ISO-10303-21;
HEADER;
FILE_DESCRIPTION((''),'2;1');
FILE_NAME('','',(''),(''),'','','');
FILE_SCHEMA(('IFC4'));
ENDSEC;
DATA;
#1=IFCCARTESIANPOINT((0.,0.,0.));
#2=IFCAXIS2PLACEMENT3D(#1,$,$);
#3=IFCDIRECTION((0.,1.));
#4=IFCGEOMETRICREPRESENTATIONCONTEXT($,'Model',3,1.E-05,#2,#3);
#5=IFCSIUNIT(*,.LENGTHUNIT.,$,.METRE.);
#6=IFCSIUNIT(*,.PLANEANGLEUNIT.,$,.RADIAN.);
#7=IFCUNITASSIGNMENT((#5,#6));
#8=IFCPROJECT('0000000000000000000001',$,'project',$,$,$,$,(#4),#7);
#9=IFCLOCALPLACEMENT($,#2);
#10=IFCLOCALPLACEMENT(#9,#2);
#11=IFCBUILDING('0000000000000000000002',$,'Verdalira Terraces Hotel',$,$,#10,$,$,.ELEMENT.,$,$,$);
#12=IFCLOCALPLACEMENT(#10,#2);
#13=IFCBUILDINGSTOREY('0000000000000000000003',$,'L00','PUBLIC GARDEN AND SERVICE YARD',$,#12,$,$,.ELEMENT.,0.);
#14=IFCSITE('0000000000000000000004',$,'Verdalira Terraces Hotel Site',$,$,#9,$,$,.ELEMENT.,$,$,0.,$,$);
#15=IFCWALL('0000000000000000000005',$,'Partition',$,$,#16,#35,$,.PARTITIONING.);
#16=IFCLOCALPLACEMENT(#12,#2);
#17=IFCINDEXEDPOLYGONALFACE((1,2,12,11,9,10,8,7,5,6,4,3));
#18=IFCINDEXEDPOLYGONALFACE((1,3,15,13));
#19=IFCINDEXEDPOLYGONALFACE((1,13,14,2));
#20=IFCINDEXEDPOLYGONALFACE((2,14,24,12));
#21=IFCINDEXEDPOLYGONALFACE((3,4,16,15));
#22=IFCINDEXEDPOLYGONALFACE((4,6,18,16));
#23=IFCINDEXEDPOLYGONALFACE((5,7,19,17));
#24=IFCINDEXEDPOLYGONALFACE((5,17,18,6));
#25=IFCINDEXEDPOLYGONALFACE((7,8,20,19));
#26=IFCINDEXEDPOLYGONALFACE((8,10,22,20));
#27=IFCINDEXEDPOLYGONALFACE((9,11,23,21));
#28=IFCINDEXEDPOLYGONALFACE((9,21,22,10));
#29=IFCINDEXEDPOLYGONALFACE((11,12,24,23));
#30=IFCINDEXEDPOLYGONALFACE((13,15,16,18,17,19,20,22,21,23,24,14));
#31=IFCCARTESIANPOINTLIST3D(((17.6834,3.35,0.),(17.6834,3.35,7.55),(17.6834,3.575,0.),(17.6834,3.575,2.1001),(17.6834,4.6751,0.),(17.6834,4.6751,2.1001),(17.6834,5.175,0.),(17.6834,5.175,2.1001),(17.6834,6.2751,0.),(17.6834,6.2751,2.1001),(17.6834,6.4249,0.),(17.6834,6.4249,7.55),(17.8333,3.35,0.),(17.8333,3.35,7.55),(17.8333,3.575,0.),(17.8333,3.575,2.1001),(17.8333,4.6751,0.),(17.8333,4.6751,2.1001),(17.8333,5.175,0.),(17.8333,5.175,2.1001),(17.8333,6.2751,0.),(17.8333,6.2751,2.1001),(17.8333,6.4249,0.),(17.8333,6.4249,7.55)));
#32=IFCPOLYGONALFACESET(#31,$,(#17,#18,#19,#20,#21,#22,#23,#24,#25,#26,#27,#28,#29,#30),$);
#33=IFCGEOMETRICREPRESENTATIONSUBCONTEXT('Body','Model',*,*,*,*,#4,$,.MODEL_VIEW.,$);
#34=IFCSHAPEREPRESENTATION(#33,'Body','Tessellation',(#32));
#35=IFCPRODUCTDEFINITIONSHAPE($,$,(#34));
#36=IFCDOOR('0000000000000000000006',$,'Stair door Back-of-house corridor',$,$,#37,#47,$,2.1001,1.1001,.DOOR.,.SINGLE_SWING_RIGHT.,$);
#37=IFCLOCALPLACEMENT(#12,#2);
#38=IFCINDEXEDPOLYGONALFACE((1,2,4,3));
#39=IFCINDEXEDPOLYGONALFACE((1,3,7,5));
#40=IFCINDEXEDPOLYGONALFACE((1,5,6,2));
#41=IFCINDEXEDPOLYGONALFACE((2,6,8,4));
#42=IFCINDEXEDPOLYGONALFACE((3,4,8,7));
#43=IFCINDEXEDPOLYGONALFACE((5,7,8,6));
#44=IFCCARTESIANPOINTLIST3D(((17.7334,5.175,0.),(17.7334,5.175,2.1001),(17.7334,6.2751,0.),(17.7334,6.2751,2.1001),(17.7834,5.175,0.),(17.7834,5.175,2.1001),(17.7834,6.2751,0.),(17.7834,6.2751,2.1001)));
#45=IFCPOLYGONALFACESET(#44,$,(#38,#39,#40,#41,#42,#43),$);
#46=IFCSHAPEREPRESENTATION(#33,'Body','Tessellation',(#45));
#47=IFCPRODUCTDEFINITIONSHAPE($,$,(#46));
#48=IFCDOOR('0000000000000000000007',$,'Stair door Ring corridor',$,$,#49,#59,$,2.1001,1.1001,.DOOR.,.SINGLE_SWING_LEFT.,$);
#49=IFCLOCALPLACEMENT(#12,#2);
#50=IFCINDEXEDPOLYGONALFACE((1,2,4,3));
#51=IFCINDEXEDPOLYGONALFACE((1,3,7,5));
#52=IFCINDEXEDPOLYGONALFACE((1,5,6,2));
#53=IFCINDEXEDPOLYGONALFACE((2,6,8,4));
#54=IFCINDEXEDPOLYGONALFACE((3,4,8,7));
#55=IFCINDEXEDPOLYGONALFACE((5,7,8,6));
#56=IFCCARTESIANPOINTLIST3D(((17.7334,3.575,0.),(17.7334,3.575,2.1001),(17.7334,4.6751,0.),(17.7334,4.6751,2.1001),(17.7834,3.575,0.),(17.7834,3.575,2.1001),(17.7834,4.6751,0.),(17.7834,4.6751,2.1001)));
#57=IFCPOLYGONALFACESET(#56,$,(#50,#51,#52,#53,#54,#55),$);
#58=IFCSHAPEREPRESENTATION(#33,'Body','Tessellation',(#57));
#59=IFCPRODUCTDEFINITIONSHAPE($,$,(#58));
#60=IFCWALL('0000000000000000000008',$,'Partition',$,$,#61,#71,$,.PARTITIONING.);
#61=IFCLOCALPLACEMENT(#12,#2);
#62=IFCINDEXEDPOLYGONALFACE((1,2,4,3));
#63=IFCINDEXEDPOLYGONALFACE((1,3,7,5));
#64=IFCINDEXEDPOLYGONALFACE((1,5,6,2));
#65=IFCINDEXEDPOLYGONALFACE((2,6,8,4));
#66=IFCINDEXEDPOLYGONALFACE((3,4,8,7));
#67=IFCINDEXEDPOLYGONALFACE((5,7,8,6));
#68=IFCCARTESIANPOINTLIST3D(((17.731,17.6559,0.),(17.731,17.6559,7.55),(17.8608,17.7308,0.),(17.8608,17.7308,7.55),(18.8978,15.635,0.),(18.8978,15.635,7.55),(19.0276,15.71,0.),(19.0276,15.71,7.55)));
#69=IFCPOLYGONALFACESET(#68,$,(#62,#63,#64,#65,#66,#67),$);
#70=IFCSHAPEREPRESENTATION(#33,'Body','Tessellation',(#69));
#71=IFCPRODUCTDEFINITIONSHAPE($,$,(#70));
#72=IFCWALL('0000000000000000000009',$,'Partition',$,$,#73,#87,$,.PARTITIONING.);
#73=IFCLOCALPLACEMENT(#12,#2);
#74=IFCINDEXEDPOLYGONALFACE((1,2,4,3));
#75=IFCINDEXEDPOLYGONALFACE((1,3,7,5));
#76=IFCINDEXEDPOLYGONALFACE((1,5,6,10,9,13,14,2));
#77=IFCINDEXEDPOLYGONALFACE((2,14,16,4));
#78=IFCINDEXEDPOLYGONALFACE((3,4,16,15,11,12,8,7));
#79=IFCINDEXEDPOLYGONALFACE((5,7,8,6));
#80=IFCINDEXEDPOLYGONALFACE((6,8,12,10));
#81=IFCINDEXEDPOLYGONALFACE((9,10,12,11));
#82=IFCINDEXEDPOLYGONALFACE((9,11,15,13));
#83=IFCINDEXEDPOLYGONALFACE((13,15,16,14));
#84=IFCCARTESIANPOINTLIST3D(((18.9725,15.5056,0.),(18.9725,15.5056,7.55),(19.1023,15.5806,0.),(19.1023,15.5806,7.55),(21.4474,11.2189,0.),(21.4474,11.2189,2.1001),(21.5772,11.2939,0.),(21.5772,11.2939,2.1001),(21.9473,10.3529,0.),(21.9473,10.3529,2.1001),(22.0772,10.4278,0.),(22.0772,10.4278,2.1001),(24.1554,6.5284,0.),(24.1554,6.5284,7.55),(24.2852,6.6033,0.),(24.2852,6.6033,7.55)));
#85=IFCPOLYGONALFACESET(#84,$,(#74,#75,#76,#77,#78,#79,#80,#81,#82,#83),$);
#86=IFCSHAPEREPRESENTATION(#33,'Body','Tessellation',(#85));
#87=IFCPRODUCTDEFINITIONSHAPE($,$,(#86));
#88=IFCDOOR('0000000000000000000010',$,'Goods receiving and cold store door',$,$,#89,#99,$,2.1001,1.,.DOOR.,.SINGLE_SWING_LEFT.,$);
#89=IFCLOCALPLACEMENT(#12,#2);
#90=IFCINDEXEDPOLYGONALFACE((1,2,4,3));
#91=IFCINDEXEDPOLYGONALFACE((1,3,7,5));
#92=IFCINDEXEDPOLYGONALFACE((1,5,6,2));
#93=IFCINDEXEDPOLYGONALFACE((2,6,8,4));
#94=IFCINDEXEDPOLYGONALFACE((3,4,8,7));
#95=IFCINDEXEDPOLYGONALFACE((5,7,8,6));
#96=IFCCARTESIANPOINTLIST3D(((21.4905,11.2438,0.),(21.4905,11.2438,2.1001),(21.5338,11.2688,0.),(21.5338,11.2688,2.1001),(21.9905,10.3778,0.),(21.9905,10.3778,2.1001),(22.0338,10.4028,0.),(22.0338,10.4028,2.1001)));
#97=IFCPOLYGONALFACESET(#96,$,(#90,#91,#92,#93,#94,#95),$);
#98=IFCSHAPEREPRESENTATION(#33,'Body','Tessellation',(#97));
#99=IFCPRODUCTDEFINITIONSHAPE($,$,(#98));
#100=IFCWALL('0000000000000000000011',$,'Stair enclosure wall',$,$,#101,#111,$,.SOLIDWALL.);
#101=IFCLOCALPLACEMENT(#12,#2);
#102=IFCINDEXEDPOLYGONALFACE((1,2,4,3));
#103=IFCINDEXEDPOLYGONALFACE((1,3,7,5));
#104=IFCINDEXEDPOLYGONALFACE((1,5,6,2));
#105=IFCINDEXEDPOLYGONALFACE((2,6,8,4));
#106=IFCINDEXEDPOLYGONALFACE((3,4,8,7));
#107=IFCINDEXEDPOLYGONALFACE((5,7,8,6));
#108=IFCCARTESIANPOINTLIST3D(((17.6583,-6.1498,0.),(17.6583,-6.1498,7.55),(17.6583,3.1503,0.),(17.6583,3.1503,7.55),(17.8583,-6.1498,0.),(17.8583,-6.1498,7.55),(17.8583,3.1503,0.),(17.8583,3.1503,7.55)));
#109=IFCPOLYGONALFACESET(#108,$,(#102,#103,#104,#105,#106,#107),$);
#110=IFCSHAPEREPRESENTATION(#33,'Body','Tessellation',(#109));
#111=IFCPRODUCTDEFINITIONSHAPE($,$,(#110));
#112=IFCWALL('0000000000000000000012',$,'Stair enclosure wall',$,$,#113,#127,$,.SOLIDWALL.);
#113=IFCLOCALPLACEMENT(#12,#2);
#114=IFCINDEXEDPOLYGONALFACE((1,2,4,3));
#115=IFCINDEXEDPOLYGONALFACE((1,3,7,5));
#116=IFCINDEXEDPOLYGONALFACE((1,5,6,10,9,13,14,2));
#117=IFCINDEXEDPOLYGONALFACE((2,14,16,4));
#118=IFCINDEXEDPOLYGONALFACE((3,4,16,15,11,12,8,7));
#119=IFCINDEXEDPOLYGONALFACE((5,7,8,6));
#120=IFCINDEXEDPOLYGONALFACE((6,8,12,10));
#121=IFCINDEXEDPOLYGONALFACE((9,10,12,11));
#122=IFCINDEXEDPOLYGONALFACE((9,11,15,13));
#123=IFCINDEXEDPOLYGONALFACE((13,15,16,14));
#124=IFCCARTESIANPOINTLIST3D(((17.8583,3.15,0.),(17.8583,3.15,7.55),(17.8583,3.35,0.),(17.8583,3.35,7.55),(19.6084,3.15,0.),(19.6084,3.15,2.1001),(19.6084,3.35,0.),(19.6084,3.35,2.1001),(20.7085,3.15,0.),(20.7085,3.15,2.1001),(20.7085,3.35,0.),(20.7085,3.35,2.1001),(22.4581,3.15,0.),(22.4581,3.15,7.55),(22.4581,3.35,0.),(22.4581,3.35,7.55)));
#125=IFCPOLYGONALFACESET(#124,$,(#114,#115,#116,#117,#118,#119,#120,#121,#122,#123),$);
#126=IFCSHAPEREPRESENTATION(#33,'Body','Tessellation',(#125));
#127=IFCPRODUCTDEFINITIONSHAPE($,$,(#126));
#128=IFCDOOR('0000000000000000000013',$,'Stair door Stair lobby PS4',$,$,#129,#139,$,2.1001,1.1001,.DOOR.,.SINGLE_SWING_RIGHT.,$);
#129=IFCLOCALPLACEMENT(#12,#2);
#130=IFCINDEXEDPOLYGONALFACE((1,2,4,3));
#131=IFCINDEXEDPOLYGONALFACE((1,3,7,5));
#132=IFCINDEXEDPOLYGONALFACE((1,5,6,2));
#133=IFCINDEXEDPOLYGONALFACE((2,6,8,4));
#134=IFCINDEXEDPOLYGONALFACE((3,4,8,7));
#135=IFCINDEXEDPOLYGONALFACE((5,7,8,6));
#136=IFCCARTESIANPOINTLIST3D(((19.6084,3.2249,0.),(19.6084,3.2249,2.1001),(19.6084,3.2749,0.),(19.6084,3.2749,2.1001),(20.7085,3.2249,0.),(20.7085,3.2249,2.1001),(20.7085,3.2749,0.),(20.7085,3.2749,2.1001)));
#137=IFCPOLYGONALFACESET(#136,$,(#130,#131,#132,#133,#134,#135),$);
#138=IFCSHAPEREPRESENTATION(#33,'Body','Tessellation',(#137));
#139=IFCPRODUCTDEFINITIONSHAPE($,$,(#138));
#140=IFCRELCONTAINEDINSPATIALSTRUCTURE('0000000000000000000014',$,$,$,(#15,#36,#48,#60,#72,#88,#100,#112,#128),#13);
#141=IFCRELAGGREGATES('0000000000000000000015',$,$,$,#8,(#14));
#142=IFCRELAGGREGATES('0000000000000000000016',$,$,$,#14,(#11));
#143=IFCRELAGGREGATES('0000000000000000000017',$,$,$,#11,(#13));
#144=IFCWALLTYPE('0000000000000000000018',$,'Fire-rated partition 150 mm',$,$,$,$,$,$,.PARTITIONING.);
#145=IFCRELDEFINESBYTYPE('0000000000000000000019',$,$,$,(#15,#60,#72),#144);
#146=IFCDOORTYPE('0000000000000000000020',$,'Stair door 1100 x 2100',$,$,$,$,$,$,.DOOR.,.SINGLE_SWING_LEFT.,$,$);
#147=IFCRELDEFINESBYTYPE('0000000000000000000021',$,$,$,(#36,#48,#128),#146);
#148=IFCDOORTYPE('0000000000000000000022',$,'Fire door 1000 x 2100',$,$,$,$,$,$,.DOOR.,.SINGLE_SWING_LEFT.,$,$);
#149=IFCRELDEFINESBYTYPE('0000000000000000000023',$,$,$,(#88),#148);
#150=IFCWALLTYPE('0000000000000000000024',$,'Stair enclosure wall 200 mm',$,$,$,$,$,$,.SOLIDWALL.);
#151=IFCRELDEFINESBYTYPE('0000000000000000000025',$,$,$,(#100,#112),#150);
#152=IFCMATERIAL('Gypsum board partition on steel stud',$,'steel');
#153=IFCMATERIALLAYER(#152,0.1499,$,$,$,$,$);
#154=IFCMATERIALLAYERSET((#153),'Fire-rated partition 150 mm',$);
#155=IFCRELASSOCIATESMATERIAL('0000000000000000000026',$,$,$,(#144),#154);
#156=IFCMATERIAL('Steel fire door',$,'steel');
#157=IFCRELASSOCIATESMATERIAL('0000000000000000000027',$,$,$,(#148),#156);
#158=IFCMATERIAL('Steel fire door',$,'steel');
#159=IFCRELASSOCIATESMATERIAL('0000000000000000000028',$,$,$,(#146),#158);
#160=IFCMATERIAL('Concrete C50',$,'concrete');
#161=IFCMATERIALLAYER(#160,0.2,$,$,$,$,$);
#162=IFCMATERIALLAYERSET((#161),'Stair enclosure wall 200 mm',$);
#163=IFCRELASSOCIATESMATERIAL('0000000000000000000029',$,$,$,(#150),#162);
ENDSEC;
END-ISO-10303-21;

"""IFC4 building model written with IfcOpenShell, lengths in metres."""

from ifc_helpers import new_model, si_unit, direction, frame, frame_2d, origin, place, context, subcontext, project, spatial, rectangle, extrude, material, layer, layer_set, type_object, element, fill, save


model = new_model("IFC4")

# Units and contexts
model_context = context("Model", 3, precision=1e-05, world=origin(), true_north=direction((0.0, 1.0)))
body_context = subcontext(model_context, "Body", "Model", "MODEL_VIEW")
ifc_project = project(units=[si_unit("LENGTHUNIT", "METRE"), si_unit("PLANEANGLEUNIT", "RADIAN")], contexts=[model_context])

# Site, building, storey
site_placement = place(None, origin())
site = spatial("IfcSite", under=ifc_project, at=site_placement, Name="Verdalira Terraces Hotel Site", CompositionType="ELEMENT", RefElevation=0.0)
building_placement = place(site_placement, origin())
building = spatial("IfcBuilding", under=site, at=building_placement, Name="Verdalira Terraces Hotel", CompositionType="ELEMENT")
storey_placement = place(building_placement, origin())
storey = spatial("IfcBuildingStorey", under=building, at=storey_placement, Name="L00", Description="PUBLIC GARDEN AND SERVICE YARD", CompositionType="ELEMENT", Elevation=0.0)

# Shared definitions
ifc_material_1 = material(Name="Gypsum board partition on steel stud", Category="steel")
ifc_layer_1 = layer(ifc_material_1, 0.1499)
ifc_layer_set_1 = layer_set([ifc_layer_1], Name="Fire-rated partition 150 mm")
wall_type_1 = type_object("IfcWallType", Name="Fire-rated partition 150 mm", PredefinedType="PARTITIONING", material=ifc_layer_set_1)
ifc_material_2 = material(Name="Steel fire door", Category="steel")
door_type_1 = type_object("IfcDoorType", Name="Fire door 1000 x 2100", OperationType="SINGLE_SWING_LEFT", PredefinedType="DOOR", material=ifc_material_2)

# Wall, openings, doors
wall_1_placement = place(storey_placement, frame((17.7583, 3.3499, 0.0), z_axis=(0.0, 0.0, 1.0), x_axis=(0.0, 1.0, 0.0)))
wall_1 = element("IfcWall", 1, at=wall_1_placement, inside=storey, type_object=wall_type_1, Name="Partition", PredefinedType="PARTITIONING", context=body_context, shape_type="SweptSolid", body=[
    extrude(rectangle(XDim=3.075, YDim=0.1499, at=frame_2d((1.5376, 0.0))), origin(), (0.0, 0.0, 1.0), 7.55),
])
opening_1_placement = place(wall_1_placement, frame((1.8252, 0.0, 0.0)))
opening_1 = element("IfcOpeningElement", 2, at=opening_1_placement, cuts=wall_1, PredefinedType="OPENING", context=body_context, shape_type="SweptSolid", body=[
    extrude(rectangle(XDim=1.1001, YDim=2.1001, at=frame_2d((0.55, 1.05))), frame((0.0, 0.085, 0.0), z_axis=(0.0, -1.0, 0.0), x_axis=(1.0, 0.0, 0.0)), (0.0, 0.0, 1.0), 0.1699),
])
opening_2_placement = place(wall_1_placement, frame((0.2251, 0.0, 0.0)))
opening_2 = element("IfcOpeningElement", 3, at=opening_2_placement, cuts=wall_1, PredefinedType="OPENING", context=body_context, shape_type="SweptSolid", body=[
    extrude(rectangle(XDim=1.1001, YDim=2.1001, at=frame_2d((0.55, 1.05))), frame((0.0, 0.085, 0.0), z_axis=(0.0, -1.0, 0.0), x_axis=(1.0, 0.0, 0.0)), (0.0, 0.0, 1.0), 0.1699),
])
ifc_material_3 = material(Name="Steel fire door", Category="steel")
door_type_2 = type_object("IfcDoorType", Name="Stair door 1100 x 2100", OperationType="SINGLE_SWING_LEFT", PredefinedType="DOOR", material=ifc_material_3)
door_1_placement = place(opening_1_placement, origin())
door_1 = element("IfcDoor", 4, at=door_1_placement, inside=storey, type_object=door_type_2, Name="Stair door Back-of-house corridor", OperationType="SINGLE_SWING_RIGHT", OverallHeight=2.1001, OverallWidth=1.1001, PredefinedType="DOOR", context=body_context, shape_type="SweptSolid", body=[
    extrude(rectangle(XDim=1.1001, YDim=2.1001, at=frame_2d((0.55, 1.05))), frame((0.0, 0.0249, 0.0), z_axis=(0.0, -1.0, 0.0), x_axis=(1.0, 0.0, 0.0)), (0.0, 0.0, 1.0), 0.05),
])
fill(opening_1, door_1)
door_2_placement = place(opening_2_placement, origin())
door_2 = element("IfcDoor", 5, at=door_2_placement, inside=storey, type_object=door_type_2, Name="Stair door Ring corridor", OperationType="SINGLE_SWING_LEFT", OverallHeight=2.1001, OverallWidth=1.1001, PredefinedType="DOOR", context=body_context, shape_type="SweptSolid", body=[
    extrude(rectangle(XDim=1.1001, YDim=2.1001, at=frame_2d((0.55, 1.05))), frame((0.0, 0.0249, 0.0), z_axis=(0.0, -1.0, 0.0), x_axis=(1.0, 0.0, 0.0)), (0.0, 0.0, 1.0), 0.05),
])
fill(opening_2, door_2)

# Wall
wall_2_placement = place(storey_placement, frame((17.7959, 17.6934, 0.0), z_axis=(0.0, 0.0, 1.0), x_axis=(0.500021, -0.866013, 0.0)))
element("IfcWall", 6, at=wall_2_placement, inside=storey, type_object=wall_type_1, Name="Partition", PredefinedType="PARTITIONING", context=body_context, shape_type="SweptSolid", body=[
    extrude(rectangle(XDim=2.3335, YDim=0.1499, at=frame_2d((1.1667, 0.0))), origin(), (0.0, 0.0, 1.0), 7.55),
])

# Wall, opening, door
wall_3_placement = place(storey_placement, frame((19.0374, 15.5432, 0.0), z_axis=(0.0, 0.0, 1.0), x_axis=(0.499987, -0.866033, 0.0)))
wall_3 = element("IfcWall", 7, at=wall_3_placement, inside=storey, type_object=wall_type_1, Name="Partition", PredefinedType="PARTITIONING", context=body_context, shape_type="SweptSolid", body=[
    extrude(rectangle(XDim=10.366, YDim=0.1499, at=frame_2d((5.1831, 0.0))), origin(), (0.0, 0.0, 1.0), 7.55),
])
opening_3_placement = place(wall_3_placement, frame((4.95, 0.0, 0.0)))
opening_3 = element("IfcOpeningElement", 8, at=opening_3_placement, cuts=wall_3, PredefinedType="OPENING", context=body_context, shape_type="SweptSolid", body=[
    extrude(rectangle(XDim=1.0, YDim=2.1001, at=frame_2d((0.5, 1.05))), frame((0.0, 0.085, 0.0), z_axis=(0.0, -1.0, 0.0), x_axis=(1.0, 0.0, 0.0)), (0.0, 0.0, 1.0), 0.1699),
])
door_3_placement = place(opening_3_placement, origin())
door_3 = element("IfcDoor", 9, at=door_3_placement, inside=storey, type_object=door_type_1, Name="Goods receiving and cold store door", OperationType="SINGLE_SWING_LEFT", OverallHeight=2.1001, OverallWidth=1.0, PredefinedType="DOOR", context=body_context, shape_type="SweptSolid", body=[
    extrude(rectangle(XDim=1.0, YDim=2.1001, at=frame_2d((0.5, 1.05))), frame((0.0, 0.0249, 0.0), z_axis=(0.0, -1.0, 0.0), x_axis=(1.0, 0.0, 0.0)), (0.0, 0.0, 1.0), 0.05),
])
fill(opening_3, door_3)

# Wall
ifc_material_4 = material(Name="Concrete C50", Category="concrete")
ifc_layer_2 = layer(ifc_material_4, 0.2)
ifc_layer_set_2 = layer_set([ifc_layer_2], Name="Stair enclosure wall 200 mm")
wall_type_2 = type_object("IfcWallType", Name="Stair enclosure wall 200 mm", PredefinedType="SOLIDWALL", material=ifc_layer_set_2)
wall_4_placement = place(storey_placement, frame((17.7583, 3.1501, 0.0), z_axis=(0.0, 0.0, 1.0), x_axis=(0.0, -1.0, 0.0)))
element("IfcWall", 10, at=wall_4_placement, inside=storey, type_object=wall_type_2, Name="Stair enclosure wall", PredefinedType="SOLIDWALL", context=body_context, shape_type="SweptSolid", body=[
    extrude(rectangle(XDim=9.3, YDim=0.2, at=frame_2d((4.6499, 0.0))), origin(), (0.0, 0.0, 1.0), 7.55),
])

# Wall, opening, door
wall_5_placement = place(storey_placement, frame((17.8584, 3.25, 0.0), z_axis=(0.0, 0.0, 1.0), x_axis=(1.0, 0.0, 0.0)))
wall_5 = element("IfcWall", 11, at=wall_5_placement, inside=storey, type_object=wall_type_2, Name="Stair enclosure wall", PredefinedType="SOLIDWALL", context=body_context, shape_type="SweptSolid", body=[
    extrude(rectangle(XDim=4.5999, YDim=0.2, at=frame_2d((2.2998, 0.0))), origin(), (0.0, 0.0, 1.0), 7.55),
])
opening_4_placement = place(wall_5_placement, frame((1.75, 0.0, 0.0)))
opening_4 = element("IfcOpeningElement", 12, at=opening_4_placement, cuts=wall_5, PredefinedType="OPENING", context=body_context, shape_type="SweptSolid", body=[
    extrude(rectangle(XDim=1.1001, YDim=2.1001, at=frame_2d((0.55, 1.05))), frame((0.0, 0.1099, 0.0), z_axis=(0.0, -1.0, 0.0), x_axis=(1.0, 0.0, 0.0)), (0.0, 0.0, 1.0), 0.22),
])
door_4_placement = place(opening_4_placement, origin())
door_4 = element("IfcDoor", 13, at=door_4_placement, inside=storey, type_object=door_type_2, Name="Stair door Stair lobby PS4", OperationType="SINGLE_SWING_RIGHT", OverallHeight=2.1001, OverallWidth=1.1001, PredefinedType="DOOR", context=body_context, shape_type="SweptSolid", body=[
    extrude(rectangle(XDim=1.1001, YDim=2.1001, at=frame_2d((0.55, 1.05))), frame((0.0, 0.0249, 0.0), z_axis=(0.0, -1.0, 0.0), x_axis=(1.0, 0.0, 0.0)), (0.0, 0.0, 1.0), 0.05),
])
fill(opening_4, door_4)

save(model, "model.ifc")
